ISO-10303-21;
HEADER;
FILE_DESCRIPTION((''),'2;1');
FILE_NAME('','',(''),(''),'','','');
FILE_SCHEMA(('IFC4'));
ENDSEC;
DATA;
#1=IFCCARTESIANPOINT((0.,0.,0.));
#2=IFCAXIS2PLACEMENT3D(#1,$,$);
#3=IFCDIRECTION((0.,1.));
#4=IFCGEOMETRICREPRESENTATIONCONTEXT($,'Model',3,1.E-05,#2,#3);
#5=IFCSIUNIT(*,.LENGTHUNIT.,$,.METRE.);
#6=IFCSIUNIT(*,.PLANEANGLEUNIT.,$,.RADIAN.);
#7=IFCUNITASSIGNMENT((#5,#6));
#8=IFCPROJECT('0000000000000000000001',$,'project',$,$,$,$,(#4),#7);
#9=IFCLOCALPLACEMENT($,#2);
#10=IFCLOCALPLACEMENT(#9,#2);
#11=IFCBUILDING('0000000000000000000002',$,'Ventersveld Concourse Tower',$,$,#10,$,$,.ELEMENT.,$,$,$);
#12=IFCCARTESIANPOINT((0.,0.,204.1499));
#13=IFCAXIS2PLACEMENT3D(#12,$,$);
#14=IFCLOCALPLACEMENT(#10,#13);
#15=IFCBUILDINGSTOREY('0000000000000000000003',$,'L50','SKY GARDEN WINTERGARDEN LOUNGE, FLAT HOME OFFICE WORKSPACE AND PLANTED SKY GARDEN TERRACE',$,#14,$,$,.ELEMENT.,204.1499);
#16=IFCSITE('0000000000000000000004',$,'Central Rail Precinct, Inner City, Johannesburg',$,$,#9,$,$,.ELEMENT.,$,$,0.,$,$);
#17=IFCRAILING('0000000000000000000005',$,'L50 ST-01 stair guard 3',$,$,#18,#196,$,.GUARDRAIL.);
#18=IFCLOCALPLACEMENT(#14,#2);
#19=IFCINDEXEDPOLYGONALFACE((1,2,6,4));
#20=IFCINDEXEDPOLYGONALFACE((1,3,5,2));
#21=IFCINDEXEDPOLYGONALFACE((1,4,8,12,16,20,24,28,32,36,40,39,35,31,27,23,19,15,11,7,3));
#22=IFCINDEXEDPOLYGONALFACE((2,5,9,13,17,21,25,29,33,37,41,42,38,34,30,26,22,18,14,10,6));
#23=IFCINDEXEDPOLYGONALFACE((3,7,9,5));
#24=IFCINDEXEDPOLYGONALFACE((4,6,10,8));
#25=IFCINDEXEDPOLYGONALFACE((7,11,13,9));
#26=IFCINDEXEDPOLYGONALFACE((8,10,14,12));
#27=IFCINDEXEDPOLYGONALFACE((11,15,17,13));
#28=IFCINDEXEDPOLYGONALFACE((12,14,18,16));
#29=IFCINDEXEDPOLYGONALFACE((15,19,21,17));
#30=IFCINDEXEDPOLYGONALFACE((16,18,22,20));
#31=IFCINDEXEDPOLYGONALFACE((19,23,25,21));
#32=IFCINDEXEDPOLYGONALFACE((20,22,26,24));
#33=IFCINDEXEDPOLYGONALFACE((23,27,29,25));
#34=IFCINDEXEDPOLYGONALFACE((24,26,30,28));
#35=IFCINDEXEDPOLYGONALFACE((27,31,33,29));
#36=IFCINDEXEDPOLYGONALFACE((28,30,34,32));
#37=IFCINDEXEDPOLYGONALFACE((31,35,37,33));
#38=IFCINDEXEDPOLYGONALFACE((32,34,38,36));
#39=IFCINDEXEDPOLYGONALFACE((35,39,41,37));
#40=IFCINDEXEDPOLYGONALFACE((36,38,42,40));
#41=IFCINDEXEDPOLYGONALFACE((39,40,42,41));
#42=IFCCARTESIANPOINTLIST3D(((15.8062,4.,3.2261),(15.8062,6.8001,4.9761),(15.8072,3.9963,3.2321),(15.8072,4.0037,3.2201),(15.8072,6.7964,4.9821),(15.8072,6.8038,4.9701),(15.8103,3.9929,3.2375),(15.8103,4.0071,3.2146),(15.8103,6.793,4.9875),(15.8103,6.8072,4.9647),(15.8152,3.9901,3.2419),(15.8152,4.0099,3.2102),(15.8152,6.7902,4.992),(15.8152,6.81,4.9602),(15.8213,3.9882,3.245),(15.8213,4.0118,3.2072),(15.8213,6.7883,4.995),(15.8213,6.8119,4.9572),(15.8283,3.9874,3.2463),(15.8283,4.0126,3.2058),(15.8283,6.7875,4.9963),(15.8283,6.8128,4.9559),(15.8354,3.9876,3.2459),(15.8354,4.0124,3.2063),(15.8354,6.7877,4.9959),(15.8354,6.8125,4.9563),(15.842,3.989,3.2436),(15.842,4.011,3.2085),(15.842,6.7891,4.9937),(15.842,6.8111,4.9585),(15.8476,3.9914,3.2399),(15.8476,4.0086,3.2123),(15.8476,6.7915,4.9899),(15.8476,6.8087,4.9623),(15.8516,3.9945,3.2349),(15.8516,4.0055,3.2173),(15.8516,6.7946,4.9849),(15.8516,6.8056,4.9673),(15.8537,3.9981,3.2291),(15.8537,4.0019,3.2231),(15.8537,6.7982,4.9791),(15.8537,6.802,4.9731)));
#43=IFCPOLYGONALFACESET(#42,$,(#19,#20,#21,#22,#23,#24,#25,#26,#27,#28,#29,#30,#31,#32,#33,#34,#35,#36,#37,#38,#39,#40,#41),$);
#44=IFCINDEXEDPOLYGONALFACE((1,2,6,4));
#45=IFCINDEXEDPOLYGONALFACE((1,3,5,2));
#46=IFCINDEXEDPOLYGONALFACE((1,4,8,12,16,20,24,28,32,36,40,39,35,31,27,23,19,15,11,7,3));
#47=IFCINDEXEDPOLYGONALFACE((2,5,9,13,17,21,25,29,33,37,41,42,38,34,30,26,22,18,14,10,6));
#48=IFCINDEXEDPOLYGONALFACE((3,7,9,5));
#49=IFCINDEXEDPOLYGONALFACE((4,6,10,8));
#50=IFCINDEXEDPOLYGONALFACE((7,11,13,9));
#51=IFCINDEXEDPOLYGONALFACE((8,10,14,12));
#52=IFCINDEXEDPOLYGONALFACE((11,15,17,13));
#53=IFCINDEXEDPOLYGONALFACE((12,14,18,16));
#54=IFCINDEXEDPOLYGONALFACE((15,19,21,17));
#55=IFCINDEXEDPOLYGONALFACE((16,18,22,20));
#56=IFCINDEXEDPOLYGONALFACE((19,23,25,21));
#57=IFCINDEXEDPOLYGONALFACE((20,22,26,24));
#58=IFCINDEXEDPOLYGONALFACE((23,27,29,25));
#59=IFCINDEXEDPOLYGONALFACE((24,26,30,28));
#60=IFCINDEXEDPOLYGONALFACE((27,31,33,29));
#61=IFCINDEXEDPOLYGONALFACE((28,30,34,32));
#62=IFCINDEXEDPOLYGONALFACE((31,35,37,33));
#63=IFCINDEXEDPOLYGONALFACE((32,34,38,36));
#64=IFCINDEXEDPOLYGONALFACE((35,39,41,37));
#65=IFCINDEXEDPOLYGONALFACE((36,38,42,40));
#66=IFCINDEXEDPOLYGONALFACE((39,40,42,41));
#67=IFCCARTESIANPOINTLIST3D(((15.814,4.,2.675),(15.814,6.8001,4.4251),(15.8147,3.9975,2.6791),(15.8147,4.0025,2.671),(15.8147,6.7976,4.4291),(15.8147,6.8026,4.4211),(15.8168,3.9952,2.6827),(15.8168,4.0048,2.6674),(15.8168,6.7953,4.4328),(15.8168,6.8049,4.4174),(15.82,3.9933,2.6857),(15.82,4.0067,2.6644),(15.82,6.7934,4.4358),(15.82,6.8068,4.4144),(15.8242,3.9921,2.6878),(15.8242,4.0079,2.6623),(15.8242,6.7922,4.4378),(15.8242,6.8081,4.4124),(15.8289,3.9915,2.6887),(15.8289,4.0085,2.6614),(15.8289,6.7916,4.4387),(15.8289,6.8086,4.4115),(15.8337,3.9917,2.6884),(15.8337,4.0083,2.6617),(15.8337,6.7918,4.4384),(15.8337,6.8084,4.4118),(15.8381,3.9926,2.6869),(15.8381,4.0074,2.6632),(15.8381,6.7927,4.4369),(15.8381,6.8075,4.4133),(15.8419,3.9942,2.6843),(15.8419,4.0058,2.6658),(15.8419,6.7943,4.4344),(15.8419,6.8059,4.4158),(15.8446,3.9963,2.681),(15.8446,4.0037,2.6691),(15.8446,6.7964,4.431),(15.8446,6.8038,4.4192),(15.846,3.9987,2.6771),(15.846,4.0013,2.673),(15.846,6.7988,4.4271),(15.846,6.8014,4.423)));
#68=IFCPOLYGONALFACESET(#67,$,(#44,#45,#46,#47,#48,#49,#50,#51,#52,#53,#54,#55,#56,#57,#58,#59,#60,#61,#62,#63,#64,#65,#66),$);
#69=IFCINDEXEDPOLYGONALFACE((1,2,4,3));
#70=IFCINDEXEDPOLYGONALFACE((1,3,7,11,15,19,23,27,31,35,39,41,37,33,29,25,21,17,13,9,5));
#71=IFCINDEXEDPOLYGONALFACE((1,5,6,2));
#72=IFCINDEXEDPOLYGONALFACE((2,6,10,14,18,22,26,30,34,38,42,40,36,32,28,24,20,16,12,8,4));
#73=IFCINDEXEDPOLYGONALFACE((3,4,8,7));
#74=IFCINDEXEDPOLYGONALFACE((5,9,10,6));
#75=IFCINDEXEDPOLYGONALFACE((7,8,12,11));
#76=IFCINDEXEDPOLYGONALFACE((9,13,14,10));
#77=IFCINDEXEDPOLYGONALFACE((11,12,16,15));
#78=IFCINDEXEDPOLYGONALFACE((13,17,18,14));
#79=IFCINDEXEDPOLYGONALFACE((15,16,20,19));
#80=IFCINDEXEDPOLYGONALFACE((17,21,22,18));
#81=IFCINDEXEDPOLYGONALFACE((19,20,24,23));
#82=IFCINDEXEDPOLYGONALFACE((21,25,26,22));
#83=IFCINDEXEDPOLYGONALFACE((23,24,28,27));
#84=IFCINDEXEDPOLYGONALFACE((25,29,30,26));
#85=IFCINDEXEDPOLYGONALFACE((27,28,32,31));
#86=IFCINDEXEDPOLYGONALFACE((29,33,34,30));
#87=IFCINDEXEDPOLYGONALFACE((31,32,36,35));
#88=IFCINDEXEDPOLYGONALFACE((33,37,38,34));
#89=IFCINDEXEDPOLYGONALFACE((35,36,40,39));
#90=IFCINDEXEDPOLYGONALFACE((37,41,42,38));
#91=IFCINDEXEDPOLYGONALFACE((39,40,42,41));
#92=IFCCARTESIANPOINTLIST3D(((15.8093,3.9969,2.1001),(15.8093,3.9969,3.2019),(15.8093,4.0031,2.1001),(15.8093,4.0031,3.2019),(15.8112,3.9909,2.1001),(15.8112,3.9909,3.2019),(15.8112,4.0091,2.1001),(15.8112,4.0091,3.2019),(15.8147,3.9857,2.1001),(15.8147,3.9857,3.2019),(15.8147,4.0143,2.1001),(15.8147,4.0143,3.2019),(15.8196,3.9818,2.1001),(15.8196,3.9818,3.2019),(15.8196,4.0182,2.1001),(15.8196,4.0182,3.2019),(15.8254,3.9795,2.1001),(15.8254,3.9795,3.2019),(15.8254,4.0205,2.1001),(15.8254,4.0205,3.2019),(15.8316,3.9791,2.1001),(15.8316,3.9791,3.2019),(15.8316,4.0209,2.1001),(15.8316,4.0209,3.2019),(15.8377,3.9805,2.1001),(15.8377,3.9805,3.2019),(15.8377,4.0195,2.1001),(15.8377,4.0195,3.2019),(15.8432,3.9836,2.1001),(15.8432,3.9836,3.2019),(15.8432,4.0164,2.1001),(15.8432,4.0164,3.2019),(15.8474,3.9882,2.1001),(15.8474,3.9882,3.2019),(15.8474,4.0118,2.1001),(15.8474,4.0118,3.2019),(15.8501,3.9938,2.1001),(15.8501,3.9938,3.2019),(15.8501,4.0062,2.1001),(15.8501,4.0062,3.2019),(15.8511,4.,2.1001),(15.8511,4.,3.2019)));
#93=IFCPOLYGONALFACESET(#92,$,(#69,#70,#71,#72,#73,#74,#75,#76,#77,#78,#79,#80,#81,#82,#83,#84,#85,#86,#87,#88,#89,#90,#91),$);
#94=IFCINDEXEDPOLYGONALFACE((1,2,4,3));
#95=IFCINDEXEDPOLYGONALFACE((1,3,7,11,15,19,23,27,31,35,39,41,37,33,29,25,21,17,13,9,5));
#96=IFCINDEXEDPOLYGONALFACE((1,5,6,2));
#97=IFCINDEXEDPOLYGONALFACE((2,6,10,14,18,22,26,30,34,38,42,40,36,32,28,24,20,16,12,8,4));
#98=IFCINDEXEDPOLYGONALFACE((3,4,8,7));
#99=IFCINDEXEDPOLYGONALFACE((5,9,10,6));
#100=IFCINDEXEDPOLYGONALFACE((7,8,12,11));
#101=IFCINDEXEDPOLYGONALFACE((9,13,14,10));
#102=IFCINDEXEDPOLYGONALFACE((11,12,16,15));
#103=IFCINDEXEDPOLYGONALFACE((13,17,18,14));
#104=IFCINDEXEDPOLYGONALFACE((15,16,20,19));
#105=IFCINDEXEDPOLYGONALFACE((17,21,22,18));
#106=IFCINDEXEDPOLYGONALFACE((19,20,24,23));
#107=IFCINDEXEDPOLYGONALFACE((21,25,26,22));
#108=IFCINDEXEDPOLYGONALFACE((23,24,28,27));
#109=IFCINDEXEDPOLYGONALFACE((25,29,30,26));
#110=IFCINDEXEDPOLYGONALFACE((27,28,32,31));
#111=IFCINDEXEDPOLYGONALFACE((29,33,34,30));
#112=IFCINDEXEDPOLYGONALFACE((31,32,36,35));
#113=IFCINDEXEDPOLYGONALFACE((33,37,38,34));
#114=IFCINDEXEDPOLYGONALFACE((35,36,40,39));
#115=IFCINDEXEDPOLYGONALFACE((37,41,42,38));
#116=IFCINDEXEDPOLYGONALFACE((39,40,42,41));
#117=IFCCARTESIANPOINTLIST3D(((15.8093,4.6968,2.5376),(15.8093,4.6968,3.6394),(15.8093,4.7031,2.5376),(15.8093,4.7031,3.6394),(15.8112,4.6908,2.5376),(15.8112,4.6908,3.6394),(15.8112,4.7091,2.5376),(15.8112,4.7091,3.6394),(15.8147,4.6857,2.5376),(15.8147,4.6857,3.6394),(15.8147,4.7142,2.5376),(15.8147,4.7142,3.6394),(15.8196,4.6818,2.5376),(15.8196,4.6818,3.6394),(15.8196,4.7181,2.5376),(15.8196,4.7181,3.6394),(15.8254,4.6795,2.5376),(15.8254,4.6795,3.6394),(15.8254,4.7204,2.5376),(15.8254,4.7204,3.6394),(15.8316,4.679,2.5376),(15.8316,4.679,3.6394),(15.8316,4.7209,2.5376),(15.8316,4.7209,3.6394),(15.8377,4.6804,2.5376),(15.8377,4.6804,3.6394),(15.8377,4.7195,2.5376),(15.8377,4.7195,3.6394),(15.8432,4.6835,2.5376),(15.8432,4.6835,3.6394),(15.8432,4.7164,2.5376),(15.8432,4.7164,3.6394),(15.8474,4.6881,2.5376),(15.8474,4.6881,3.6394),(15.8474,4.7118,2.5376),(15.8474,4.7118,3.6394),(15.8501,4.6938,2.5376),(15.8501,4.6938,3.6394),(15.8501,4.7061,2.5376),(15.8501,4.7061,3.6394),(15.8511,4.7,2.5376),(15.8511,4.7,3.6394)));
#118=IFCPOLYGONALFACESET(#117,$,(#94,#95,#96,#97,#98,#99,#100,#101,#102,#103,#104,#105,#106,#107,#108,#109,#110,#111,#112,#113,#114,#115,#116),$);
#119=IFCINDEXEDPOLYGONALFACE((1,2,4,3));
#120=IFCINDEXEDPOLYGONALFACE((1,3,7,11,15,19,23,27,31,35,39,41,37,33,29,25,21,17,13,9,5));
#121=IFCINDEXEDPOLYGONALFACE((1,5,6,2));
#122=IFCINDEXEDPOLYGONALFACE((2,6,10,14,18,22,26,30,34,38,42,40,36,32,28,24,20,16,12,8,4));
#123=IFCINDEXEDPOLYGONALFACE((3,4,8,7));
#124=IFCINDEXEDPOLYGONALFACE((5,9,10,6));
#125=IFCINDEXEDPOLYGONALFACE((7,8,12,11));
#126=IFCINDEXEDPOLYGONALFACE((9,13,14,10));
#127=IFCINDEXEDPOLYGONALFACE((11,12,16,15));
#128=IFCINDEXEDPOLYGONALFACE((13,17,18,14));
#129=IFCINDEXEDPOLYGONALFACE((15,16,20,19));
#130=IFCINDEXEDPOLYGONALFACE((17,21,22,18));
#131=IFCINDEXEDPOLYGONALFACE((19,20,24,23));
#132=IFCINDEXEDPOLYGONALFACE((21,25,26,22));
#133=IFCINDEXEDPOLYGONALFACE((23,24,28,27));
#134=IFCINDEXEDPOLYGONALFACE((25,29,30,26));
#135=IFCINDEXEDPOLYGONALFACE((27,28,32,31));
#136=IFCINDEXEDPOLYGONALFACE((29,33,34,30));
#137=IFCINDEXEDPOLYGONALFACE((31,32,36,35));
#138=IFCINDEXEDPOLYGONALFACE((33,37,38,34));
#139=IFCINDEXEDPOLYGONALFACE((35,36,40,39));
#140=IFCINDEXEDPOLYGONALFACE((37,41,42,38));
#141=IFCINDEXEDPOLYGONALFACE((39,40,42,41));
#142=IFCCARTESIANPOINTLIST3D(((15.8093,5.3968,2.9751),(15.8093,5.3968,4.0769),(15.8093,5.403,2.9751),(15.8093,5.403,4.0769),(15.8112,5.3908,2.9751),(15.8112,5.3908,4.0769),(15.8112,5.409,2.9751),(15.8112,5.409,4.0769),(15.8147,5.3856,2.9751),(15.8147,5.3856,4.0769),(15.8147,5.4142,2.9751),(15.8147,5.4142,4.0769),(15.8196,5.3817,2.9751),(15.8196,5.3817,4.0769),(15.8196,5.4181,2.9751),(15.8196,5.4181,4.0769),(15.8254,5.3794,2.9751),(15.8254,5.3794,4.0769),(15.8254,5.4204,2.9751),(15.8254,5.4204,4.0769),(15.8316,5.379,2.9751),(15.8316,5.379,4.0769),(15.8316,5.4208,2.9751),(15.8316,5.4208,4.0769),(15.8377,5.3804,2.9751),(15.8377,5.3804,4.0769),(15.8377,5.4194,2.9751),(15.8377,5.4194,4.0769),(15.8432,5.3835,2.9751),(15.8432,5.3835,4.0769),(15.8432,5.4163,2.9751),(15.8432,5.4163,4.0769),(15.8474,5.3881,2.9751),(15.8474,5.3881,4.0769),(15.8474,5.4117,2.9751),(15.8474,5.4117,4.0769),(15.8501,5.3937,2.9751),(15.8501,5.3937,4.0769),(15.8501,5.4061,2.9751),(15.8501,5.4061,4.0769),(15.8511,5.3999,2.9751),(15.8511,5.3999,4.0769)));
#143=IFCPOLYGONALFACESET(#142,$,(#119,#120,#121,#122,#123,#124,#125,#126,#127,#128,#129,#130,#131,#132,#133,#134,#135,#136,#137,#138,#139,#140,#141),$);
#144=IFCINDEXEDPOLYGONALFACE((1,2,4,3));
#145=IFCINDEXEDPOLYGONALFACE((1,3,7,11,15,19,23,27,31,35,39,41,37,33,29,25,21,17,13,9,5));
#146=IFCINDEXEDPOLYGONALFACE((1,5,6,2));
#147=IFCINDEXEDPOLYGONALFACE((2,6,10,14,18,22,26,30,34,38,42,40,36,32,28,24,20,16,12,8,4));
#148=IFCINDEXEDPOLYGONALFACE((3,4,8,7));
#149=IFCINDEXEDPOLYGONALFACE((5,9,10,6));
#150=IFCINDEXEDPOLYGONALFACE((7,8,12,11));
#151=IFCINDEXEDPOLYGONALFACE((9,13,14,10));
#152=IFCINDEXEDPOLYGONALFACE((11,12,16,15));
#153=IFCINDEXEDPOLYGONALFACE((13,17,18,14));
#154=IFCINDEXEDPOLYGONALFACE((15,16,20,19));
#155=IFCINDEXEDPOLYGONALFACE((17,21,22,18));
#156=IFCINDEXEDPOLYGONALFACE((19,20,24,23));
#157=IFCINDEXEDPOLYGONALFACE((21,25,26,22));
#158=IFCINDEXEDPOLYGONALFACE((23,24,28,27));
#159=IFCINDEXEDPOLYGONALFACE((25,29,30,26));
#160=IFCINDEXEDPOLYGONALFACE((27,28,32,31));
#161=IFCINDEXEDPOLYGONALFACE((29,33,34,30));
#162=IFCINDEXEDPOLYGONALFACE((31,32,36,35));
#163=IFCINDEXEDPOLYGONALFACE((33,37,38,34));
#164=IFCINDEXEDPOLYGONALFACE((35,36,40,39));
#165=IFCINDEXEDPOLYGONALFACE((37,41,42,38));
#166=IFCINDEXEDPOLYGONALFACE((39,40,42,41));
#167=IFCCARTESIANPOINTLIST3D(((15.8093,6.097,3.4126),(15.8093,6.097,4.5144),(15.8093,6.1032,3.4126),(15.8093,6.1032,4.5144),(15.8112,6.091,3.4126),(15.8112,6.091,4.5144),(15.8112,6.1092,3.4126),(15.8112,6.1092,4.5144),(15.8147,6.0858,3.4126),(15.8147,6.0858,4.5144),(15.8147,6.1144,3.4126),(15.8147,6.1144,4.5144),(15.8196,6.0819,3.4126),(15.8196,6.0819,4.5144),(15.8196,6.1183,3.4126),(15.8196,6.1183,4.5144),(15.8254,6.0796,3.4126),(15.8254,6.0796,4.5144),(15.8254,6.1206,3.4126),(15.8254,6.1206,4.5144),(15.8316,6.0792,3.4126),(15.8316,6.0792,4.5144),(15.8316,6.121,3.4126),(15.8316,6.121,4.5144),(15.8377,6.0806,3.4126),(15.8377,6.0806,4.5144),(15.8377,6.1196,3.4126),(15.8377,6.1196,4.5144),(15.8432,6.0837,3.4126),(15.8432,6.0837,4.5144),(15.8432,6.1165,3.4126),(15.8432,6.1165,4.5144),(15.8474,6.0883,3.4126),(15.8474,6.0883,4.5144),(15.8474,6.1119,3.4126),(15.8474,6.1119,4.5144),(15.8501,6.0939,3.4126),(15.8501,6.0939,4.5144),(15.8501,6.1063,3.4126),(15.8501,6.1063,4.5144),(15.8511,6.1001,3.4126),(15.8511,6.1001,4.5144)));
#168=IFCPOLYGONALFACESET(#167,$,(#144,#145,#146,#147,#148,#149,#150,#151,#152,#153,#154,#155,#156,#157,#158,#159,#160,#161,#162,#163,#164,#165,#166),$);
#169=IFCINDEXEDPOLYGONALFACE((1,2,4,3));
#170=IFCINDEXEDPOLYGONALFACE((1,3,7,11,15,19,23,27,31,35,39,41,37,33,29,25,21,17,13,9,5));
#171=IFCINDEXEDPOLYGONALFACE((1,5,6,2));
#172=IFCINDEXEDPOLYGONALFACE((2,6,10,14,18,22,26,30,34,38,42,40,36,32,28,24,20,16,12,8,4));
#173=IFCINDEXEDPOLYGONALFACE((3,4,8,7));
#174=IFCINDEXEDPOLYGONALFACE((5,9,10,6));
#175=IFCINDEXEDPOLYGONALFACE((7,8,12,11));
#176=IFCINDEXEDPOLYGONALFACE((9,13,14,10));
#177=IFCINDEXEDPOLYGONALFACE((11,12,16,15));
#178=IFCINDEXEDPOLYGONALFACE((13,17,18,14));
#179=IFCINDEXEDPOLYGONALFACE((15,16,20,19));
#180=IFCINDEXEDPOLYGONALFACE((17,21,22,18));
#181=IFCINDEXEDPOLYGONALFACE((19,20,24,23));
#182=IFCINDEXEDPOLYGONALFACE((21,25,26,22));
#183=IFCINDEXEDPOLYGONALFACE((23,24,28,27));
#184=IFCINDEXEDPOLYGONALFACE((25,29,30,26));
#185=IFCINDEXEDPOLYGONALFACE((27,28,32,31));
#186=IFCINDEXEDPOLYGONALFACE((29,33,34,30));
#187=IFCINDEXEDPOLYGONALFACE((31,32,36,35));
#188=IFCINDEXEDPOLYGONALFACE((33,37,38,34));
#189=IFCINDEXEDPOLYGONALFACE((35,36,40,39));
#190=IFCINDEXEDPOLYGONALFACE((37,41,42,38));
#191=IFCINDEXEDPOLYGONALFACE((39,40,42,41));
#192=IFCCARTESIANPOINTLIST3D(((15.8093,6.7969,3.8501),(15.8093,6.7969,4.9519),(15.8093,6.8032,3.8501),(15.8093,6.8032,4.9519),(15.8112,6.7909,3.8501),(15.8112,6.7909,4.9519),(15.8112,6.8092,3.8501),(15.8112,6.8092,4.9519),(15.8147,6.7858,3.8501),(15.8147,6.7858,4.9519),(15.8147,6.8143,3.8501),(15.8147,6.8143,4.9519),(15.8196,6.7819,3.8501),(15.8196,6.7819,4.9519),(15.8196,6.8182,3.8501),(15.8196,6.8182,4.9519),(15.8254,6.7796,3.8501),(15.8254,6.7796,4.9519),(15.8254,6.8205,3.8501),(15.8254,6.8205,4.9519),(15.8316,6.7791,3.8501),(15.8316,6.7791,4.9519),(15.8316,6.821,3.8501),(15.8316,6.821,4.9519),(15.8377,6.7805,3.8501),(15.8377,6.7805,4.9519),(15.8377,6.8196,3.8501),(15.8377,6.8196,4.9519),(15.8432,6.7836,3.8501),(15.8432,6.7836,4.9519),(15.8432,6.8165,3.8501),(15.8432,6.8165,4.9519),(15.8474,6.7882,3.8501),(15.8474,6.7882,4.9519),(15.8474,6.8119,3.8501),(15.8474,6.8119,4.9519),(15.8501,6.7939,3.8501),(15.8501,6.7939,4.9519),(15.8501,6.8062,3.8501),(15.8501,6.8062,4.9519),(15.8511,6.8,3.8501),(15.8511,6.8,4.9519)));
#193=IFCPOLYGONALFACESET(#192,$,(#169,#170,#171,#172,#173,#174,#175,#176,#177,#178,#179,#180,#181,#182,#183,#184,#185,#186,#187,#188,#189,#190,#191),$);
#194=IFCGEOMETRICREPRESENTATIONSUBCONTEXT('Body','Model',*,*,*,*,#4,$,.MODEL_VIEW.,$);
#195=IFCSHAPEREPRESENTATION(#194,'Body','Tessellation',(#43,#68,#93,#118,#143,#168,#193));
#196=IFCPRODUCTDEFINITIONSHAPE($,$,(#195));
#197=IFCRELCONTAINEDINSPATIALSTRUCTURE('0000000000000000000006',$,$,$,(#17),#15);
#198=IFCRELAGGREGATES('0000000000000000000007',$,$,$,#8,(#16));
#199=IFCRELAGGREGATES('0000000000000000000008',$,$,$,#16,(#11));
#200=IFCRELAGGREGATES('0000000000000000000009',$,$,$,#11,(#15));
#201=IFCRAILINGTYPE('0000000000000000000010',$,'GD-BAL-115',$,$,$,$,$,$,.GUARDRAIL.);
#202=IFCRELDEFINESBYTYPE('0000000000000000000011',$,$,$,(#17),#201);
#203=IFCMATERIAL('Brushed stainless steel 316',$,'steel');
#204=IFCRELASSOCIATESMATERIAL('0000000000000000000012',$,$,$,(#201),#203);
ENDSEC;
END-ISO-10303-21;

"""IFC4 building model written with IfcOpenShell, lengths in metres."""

from ifc_helpers import new_model, si_unit, direction, frame, origin, origin_2d, place, context, subcontext, project, spatial, circle, extrude, material, type_object, element, save


model = new_model("IFC4")

# Units and contexts
model_context = context("Model", 3, precision=1e-05, world=origin(), true_north=direction((0.0, 1.0)))
body_context = subcontext(model_context, "Body", "Model", "MODEL_VIEW")
ifc_project = project(units=[si_unit("LENGTHUNIT", "METRE"), si_unit("PLANEANGLEUNIT", "RADIAN")], contexts=[model_context])

# Site, building, storey
site_placement = place(None, origin())
site = spatial("IfcSite", under=ifc_project, at=site_placement, Name="Central Rail Precinct, Inner City, Johannesburg", CompositionType="ELEMENT", RefElevation=0.0)
building_placement = place(site_placement, origin())
building = spatial("IfcBuilding", under=site, at=building_placement, Name="Ventersveld Concourse Tower", CompositionType="ELEMENT")
storey_placement = place(building_placement, frame((0.0, 0.0, 204.1499)))
storey = spatial("IfcBuildingStorey", under=building, at=storey_placement, Name="L50", Description="SKY GARDEN WINTERGARDEN LOUNGE, FLAT HOME OFFICE WORKSPACE AND PLANTED SKY GARDEN TERRACE", CompositionType="ELEMENT", Elevation=204.1499)

# Railing
ifc_material_1 = material(Name="Brushed stainless steel 316", Category="steel")
railing_type_1 = type_object("IfcRailingType", Name="GD-BAL-115", PredefinedType="GUARDRAIL", material=ifc_material_1)
railing_1_placement = place(storey_placement, frame((15.8301, 4.0, 2.1001)))
element("IfcRailing", 1, at=railing_1_placement, inside=storey, type_object=railing_type_1, Name="L50 ST-01 stair guard 3", PredefinedType="GUARDRAIL", context=body_context, shape_type="SweptSolid", body=[
    extrude(circle(Radius=0.0239, at=origin_2d()), frame((0.0, 0.0, 1.126), z_axis=(0.0, 0.848002, 0.529992), x_axis=(-1.0, 0.0, 0.0)), (0.0, 0.0, 1.0), 3.302),
    extrude(circle(Radius=0.0161, at=origin_2d()), frame((0.0, 0.0, 0.575), z_axis=(0.0, 0.848002, 0.529992), x_axis=(-1.0, 0.0, 0.0)), (0.0, 0.0, 1.0), 3.302),
    extrude(circle(Radius=0.021, at=origin_2d()), origin(), (0.0, 0.0, 1.0), 1.1018),
    extrude(circle(Radius=0.021, at=origin_2d()), frame((0.0, 0.7, 0.4375)), (0.0, 0.0, 1.0), 1.1018),
    extrude(circle(Radius=0.021, at=origin_2d()), frame((0.0, 1.3999, 0.875)), (0.0, 0.0, 1.0), 1.1018),
    extrude(circle(Radius=0.021, at=origin_2d()), frame((0.0, 2.1001, 1.3125)), (0.0, 0.0, 1.0), 1.1018),
    extrude(circle(Radius=0.021, at=origin_2d()), frame((0.0, 2.8, 1.75)), (0.0, 0.0, 1.0), 1.1018),
])

save(model, "model.ifc")
